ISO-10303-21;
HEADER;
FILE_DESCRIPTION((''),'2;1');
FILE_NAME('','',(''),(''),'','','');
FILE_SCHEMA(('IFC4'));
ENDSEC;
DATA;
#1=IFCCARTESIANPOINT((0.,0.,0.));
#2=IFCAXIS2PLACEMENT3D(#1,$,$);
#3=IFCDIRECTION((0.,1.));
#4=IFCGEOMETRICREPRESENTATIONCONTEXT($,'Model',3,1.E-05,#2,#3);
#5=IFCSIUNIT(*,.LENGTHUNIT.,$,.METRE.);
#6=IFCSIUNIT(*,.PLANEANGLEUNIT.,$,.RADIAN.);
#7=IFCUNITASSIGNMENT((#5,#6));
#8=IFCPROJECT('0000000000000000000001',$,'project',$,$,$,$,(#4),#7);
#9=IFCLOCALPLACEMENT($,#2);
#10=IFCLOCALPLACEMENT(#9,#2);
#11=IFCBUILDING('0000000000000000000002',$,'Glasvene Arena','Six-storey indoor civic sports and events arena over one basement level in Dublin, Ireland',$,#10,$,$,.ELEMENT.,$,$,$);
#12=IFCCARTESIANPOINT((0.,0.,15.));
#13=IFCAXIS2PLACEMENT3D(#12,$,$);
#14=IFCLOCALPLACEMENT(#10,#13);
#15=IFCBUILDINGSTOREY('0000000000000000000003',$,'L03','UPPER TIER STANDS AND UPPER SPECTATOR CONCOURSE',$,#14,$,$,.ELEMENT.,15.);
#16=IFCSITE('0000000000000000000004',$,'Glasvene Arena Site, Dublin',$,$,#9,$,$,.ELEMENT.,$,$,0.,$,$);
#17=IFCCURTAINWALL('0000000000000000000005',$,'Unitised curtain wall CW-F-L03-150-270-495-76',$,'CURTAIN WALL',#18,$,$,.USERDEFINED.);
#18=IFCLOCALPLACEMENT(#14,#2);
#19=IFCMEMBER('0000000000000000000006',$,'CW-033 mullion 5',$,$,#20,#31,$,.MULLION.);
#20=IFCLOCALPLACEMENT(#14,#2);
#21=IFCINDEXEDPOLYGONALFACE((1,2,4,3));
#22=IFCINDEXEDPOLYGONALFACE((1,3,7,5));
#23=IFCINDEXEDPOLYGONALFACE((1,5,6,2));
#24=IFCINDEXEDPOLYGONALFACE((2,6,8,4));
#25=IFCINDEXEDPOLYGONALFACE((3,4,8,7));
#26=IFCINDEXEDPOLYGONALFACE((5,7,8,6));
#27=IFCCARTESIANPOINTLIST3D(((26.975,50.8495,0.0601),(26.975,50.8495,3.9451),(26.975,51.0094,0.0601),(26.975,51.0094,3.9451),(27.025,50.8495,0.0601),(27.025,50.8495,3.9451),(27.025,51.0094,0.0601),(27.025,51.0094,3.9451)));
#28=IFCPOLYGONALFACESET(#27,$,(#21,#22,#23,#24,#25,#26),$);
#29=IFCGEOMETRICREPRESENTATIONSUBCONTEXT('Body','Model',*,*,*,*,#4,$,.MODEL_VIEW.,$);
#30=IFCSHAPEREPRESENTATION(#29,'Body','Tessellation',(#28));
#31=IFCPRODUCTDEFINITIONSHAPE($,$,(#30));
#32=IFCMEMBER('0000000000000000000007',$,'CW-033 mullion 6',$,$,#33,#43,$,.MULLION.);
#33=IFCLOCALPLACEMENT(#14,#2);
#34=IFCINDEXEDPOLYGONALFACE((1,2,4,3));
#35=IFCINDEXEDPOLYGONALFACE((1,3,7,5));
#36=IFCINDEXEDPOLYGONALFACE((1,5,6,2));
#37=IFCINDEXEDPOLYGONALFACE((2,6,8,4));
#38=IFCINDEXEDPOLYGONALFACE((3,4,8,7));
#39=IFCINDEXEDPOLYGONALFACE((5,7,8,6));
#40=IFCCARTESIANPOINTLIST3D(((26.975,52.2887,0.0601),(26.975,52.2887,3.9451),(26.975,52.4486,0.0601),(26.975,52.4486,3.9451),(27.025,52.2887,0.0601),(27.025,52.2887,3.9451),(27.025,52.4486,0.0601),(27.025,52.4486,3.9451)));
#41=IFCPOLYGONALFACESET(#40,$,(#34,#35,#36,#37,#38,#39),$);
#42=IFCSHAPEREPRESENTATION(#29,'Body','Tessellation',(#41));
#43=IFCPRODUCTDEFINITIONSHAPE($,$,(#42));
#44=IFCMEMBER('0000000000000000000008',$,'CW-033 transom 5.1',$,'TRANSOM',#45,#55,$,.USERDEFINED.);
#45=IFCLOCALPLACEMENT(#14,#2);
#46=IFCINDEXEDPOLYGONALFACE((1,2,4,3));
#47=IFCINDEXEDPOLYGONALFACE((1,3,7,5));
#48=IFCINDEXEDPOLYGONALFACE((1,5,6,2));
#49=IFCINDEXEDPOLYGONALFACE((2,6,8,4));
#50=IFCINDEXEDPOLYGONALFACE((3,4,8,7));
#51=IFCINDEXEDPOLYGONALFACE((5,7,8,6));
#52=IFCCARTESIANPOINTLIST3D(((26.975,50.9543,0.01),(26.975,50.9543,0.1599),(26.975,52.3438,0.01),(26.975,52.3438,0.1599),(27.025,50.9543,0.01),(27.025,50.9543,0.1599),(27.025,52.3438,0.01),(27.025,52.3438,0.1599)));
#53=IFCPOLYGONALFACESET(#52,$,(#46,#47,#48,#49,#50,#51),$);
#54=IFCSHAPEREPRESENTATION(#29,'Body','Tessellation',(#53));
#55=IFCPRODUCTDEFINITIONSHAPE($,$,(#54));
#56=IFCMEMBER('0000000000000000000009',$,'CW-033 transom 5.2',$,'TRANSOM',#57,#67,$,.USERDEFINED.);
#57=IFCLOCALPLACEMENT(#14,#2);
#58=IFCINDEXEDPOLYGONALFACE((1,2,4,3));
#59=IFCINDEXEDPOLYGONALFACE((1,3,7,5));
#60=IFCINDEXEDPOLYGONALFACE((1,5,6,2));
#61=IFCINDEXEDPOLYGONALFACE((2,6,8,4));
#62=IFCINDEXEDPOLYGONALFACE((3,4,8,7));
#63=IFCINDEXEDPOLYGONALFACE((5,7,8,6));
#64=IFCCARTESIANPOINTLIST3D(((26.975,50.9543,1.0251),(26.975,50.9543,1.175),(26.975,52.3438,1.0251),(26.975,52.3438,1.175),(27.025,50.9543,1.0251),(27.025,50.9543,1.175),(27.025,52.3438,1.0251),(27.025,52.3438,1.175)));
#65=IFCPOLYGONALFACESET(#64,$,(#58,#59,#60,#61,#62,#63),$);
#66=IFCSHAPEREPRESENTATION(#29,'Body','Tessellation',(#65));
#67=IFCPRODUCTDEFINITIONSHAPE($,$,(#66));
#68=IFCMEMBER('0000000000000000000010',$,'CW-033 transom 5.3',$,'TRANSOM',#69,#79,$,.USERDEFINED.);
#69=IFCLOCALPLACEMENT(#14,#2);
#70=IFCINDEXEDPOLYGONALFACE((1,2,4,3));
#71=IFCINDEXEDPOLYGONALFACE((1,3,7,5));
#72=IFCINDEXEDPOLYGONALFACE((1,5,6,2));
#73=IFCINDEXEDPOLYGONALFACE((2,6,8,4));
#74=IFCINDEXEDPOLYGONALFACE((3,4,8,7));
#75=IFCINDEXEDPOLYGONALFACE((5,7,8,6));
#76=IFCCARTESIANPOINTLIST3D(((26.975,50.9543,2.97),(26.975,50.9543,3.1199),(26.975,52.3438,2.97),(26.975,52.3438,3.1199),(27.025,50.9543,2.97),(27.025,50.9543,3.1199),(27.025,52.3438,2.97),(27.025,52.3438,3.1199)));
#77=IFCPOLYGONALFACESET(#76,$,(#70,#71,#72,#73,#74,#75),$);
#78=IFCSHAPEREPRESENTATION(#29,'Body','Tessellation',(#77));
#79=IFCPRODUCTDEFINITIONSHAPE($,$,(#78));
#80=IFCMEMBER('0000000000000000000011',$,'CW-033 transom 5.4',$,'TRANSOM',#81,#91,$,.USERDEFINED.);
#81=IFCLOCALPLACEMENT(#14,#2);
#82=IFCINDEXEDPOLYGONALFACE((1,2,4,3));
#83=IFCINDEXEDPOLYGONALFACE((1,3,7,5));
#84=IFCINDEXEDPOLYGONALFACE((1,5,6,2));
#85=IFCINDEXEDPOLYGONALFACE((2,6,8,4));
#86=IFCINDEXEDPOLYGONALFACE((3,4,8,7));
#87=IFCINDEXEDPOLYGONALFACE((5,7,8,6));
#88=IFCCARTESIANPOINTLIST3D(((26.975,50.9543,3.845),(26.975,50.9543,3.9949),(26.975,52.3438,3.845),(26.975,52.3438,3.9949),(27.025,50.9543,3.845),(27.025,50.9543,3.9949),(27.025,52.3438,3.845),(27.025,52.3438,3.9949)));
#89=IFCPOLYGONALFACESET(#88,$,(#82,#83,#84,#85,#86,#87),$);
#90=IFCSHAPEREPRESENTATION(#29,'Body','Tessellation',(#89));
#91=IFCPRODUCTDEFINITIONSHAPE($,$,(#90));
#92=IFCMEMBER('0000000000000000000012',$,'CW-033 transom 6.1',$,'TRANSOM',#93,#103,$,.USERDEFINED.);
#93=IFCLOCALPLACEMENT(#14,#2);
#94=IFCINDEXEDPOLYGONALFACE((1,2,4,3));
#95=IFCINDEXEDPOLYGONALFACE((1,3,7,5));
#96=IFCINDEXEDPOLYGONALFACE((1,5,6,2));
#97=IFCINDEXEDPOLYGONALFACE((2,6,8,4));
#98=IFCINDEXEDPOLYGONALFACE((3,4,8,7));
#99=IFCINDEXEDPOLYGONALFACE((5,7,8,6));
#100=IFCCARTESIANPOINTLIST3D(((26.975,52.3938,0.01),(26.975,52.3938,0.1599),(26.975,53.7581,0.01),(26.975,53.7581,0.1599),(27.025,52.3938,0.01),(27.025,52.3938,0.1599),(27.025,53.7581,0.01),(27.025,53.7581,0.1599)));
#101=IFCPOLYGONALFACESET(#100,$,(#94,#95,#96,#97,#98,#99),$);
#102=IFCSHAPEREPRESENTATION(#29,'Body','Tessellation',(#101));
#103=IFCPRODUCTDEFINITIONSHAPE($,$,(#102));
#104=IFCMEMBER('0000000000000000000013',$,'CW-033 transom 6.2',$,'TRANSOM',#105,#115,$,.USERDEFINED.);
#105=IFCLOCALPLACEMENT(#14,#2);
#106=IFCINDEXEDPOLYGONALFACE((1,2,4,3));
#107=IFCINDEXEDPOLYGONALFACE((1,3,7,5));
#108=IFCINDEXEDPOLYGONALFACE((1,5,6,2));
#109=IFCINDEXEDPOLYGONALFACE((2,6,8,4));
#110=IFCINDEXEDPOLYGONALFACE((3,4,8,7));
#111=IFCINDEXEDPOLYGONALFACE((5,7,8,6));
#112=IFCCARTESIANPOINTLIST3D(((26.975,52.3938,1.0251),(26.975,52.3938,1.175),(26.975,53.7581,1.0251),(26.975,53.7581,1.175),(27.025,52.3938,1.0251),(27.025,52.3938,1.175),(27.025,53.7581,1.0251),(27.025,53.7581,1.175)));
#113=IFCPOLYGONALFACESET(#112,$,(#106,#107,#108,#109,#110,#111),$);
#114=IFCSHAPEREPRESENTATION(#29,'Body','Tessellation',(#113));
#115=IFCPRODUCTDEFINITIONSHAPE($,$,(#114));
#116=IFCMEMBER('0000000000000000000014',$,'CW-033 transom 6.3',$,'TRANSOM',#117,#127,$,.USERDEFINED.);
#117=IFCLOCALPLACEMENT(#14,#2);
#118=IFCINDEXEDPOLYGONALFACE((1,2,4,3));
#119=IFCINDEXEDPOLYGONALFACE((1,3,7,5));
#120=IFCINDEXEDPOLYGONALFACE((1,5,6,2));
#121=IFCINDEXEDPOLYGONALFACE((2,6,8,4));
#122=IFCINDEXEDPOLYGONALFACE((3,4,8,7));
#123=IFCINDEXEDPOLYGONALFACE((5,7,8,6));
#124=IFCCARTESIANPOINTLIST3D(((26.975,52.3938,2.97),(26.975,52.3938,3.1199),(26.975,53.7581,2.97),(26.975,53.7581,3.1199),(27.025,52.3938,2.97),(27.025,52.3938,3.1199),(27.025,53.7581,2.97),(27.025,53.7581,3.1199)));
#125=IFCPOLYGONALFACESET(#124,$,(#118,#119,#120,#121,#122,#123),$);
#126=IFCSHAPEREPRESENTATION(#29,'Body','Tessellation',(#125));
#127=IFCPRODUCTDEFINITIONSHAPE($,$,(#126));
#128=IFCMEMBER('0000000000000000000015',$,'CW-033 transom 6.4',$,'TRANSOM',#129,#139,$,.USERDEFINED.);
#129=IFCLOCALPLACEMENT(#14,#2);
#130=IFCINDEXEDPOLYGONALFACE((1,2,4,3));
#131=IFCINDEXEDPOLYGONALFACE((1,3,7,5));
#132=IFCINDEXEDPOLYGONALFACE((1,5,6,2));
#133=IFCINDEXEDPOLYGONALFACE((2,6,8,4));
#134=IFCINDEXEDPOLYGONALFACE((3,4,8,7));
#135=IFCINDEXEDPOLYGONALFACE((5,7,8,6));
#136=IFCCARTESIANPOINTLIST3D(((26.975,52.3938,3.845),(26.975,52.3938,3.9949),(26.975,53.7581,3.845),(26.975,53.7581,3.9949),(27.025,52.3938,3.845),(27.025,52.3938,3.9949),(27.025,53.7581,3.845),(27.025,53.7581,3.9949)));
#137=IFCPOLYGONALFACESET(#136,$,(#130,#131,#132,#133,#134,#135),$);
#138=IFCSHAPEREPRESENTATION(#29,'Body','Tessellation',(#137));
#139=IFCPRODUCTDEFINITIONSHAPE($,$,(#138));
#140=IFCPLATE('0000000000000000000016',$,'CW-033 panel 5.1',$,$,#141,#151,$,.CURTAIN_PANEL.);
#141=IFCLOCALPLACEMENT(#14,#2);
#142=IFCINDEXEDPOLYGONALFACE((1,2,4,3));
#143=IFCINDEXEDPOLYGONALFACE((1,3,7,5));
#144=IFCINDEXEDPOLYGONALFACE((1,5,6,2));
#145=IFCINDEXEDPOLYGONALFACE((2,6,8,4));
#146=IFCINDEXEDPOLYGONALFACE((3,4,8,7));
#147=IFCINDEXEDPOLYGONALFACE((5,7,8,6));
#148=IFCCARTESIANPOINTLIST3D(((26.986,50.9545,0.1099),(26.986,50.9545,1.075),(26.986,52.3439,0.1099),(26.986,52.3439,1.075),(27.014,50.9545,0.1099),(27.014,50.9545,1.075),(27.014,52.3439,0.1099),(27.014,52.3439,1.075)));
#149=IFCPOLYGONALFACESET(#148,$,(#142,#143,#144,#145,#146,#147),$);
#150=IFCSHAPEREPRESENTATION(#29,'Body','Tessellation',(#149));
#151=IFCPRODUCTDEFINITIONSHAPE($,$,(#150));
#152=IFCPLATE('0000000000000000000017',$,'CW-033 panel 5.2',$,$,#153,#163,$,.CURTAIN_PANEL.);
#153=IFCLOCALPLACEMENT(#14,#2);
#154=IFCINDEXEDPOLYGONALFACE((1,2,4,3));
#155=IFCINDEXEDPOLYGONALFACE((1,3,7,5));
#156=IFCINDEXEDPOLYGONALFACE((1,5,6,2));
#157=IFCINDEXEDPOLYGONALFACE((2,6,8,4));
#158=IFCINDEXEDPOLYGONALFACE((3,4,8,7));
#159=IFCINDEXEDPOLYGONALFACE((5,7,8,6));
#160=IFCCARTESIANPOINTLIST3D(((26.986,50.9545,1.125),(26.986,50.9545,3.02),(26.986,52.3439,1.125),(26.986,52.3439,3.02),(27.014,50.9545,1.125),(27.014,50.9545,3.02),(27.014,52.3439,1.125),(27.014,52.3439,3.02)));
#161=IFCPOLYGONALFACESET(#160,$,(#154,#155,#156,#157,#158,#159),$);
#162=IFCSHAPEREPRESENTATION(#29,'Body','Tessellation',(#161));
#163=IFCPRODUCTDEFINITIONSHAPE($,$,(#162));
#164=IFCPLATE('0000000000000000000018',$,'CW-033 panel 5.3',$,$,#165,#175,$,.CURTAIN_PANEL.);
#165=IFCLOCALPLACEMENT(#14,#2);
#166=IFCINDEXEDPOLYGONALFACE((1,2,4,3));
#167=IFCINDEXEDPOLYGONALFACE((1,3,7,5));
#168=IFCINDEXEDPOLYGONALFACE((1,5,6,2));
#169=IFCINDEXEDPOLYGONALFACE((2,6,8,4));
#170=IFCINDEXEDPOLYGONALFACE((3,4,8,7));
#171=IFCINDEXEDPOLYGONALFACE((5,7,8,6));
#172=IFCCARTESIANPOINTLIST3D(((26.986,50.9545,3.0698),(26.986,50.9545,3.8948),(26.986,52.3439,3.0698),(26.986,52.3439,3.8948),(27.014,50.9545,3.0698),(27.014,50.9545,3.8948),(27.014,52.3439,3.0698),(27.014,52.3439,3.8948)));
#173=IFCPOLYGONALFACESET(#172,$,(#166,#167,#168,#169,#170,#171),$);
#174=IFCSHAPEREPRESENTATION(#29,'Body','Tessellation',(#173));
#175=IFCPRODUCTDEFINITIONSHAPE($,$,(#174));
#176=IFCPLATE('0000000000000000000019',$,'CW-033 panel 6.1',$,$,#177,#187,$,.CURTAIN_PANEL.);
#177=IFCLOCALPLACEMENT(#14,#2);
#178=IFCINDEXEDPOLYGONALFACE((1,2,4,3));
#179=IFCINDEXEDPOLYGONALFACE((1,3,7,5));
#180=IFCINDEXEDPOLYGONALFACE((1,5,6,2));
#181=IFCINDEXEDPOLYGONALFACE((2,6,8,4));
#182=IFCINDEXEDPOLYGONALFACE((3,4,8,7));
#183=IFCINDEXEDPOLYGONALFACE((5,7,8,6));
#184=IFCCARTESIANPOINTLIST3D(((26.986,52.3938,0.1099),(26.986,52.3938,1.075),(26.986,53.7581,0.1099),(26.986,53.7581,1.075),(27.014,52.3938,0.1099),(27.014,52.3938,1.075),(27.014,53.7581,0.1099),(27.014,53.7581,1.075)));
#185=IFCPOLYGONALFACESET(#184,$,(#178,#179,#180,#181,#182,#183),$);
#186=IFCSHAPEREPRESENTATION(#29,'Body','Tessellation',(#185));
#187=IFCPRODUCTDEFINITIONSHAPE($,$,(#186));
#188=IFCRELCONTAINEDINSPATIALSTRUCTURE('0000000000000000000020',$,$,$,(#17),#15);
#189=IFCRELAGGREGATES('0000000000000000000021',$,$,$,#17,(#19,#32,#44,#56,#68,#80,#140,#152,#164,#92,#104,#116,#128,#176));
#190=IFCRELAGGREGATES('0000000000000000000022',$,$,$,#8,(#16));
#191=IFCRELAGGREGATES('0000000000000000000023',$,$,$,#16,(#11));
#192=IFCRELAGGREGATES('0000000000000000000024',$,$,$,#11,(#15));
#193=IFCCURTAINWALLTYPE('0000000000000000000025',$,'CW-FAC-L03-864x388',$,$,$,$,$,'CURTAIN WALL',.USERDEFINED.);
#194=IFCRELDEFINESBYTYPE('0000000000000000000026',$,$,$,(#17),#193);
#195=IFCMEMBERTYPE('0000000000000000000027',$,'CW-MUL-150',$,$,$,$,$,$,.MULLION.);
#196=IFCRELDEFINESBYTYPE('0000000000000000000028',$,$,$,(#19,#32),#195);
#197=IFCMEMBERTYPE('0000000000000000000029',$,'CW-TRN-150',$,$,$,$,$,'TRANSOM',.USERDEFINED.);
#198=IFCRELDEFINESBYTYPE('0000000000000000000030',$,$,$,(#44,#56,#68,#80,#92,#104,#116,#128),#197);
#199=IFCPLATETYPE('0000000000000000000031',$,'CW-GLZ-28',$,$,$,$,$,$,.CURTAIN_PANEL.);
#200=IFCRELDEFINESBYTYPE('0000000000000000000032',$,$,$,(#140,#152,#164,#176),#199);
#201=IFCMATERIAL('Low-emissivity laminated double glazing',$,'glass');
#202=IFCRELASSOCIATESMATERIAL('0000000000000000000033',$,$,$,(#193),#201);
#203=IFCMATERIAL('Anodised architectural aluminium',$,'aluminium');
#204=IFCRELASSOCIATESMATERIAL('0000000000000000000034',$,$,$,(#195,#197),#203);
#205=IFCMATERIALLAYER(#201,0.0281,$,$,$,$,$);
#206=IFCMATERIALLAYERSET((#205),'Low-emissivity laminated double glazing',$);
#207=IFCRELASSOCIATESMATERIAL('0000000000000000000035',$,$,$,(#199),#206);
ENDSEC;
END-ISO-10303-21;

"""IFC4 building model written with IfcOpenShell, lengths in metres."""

from ifc_helpers import new_model, si_unit, direction, frame, origin, origin_2d, place, context, subcontext, project, spatial, rectangle, extrude, material, layer, layer_set, material_profile, profile_set, type_object, element, aggregate, save


model = new_model("IFC4")

# Units and contexts
model_context = context("Model", 3, precision=1e-05, world=origin(), true_north=direction((0.0, 1.0)))
body_context = subcontext(model_context, "Body", "Model", "MODEL_VIEW")
ifc_project = project(units=[si_unit("LENGTHUNIT", "METRE"), si_unit("PLANEANGLEUNIT", "RADIAN")], contexts=[model_context])

# Site, building, storey
site_placement = place(None, origin())
site = spatial("IfcSite", under=ifc_project, at=site_placement, Name="Glasvene Arena Site, Dublin", CompositionType="ELEMENT", RefElevation=0.0)
building_placement = place(site_placement, origin())
building = spatial("IfcBuilding", under=site, at=building_placement, Name="Glasvene Arena", Description="Six-storey indoor civic sports and events arena over one basement level in Dublin, Ireland", CompositionType="ELEMENT")
storey_placement = place(building_placement, frame((0.0, 0.0, 15.0)))
storey = spatial("IfcBuildingStorey", under=building, at=storey_placement, Name="L03", Description="UPPER TIER STANDS AND UPPER SPECTATOR CONCOURSE", CompositionType="ELEMENT", Elevation=15.0)

# Curtain wall, members, plates
ifc_material_1 = material(Name="Low-emissivity laminated double glazing", Category="glass")
curtain_wall_type = type_object("IfcCurtainWallType", Name="CW-FAC-L03-864x388", ElementType="CURTAIN WALL", PredefinedType="USERDEFINED", material=ifc_material_1)
curtain_wall_placement = place(storey_placement, frame((27.0, 45.1721, 0.0)))
curtain_wall = element("IfcCurtainWall", 1, at=curtain_wall_placement, inside=storey, type_object=curtain_wall_type, Name="Unitised curtain wall CW-F-L03-150-270-495-76", ObjectType="CURTAIN WALL", PredefinedType="USERDEFINED")
ifc_material_2 = material(Name="Anodised architectural aluminium", Category="aluminium")
ifc_material_profile_1 = material_profile(ifc_material_2, rectangle(XDim=0.05, YDim=0.1599, at=origin_2d()), Name="ALU MULLION 50x160")
ifc_profile_set_1 = profile_set([ifc_material_profile_1], Name="Anodised architectural aluminium")
member_type_1 = type_object("IfcMemberType", Name="CW-MUL-150", PredefinedType="MULLION", material=ifc_profile_set_1)
member_1_placement = place(storey_placement, frame((27.0, 50.9294, 0.0601), z_axis=(0.0, 0.0, 1.0), x_axis=(-1.0, 0.0, 0.0)))
member_1 = element("IfcMember", 2, at=member_1_placement, type_object=member_type_1, Name="CW-033 mullion 5", PredefinedType="MULLION", context=body_context, shape_type="SweptSolid", body=[
    extrude(rectangle(XDim=0.05, YDim=0.1599, at=origin_2d()), origin(), (0.0, 0.0, 1.0), 3.885),
])
member_2_placement = place(storey_placement, frame((27.0, 52.3687, 0.0601), z_axis=(0.0, 0.0, 1.0), x_axis=(-1.0, 0.0, 0.0)))
member_2 = element("IfcMember", 3, at=member_2_placement, type_object=member_type_1, Name="CW-033 mullion 6", PredefinedType="MULLION", context=body_context, shape_type="SweptSolid", body=[
    extrude(rectangle(XDim=0.05, YDim=0.1599, at=origin_2d()), origin(), (0.0, 0.0, 1.0), 3.885),
])
ifc_material_profile_2 = material_profile(ifc_material_2, rectangle(XDim=0.05, YDim=0.1499, at=origin_2d()), Name="ALU TRANSOM 50x150")
ifc_profile_set_2 = profile_set([ifc_material_profile_2], Name="Anodised architectural aluminium")
member_type_2 = type_object("IfcMemberType", Name="CW-TRN-150", ElementType="TRANSOM", PredefinedType="USERDEFINED", material=ifc_profile_set_2)
member_3_placement = place(storey_placement, frame((27.0, 50.9543, 0.085), z_axis=(0.0, 1.0, 0.0), x_axis=(-1.0, 0.0, 0.0)))
member_3 = element("IfcMember", 4, at=member_3_placement, type_object=member_type_2, Name="CW-033 transom 5.1", ObjectType="TRANSOM", PredefinedType="USERDEFINED", context=body_context, shape_type="SweptSolid", body=[
    extrude(rectangle(XDim=0.05, YDim=0.1499, at=origin_2d()), origin(), (0.0, 0.0, 1.0), 1.3894),
])
member_4_placement = place(storey_placement, frame((27.0, 50.9543, 1.1001), z_axis=(0.0, 1.0, 0.0), x_axis=(-1.0, 0.0, 0.0)))
member_4 = element("IfcMember", 5, at=member_4_placement, type_object=member_type_2, Name="CW-033 transom 5.2", ObjectType="TRANSOM", PredefinedType="USERDEFINED", context=body_context, shape_type="SweptSolid", body=[
    extrude(rectangle(XDim=0.05, YDim=0.1499, at=origin_2d()), origin(), (0.0, 0.0, 1.0), 1.3894),
])
member_5_placement = place(storey_placement, frame((27.0, 50.9543, 3.0449), z_axis=(0.0, 1.0, 0.0), x_axis=(-1.0, 0.0, 0.0)))
member_5 = element("IfcMember", 6, at=member_5_placement, type_object=member_type_2, Name="CW-033 transom 5.3", ObjectType="TRANSOM", PredefinedType="USERDEFINED", context=body_context, shape_type="SweptSolid", body=[
    extrude(rectangle(XDim=0.05, YDim=0.1499, at=origin_2d()), origin(), (0.0, 0.0, 1.0), 1.3894),
])
member_6_placement = place(storey_placement, frame((27.0, 50.9543, 3.9199), z_axis=(0.0, 1.0, 0.0), x_axis=(-1.0, 0.0, 0.0)))
member_6 = element("IfcMember", 7, at=member_6_placement, type_object=member_type_2, Name="CW-033 transom 5.4", ObjectType="TRANSOM", PredefinedType="USERDEFINED", context=body_context, shape_type="SweptSolid", body=[
    extrude(rectangle(XDim=0.05, YDim=0.1499, at=origin_2d()), origin(), (0.0, 0.0, 1.0), 1.3894),
])
member_7_placement = place(storey_placement, frame((27.0, 52.3938, 0.085), z_axis=(0.0, 1.0, 0.0), x_axis=(-1.0, 0.0, 0.0)))
member_7 = element("IfcMember", 8, at=member_7_placement, type_object=member_type_2, Name="CW-033 transom 6.1", ObjectType="TRANSOM", PredefinedType="USERDEFINED", context=body_context, shape_type="SweptSolid", body=[
    extrude(rectangle(XDim=0.05, YDim=0.1499, at=origin_2d()), origin(), (0.0, 0.0, 1.0), 1.3643),
])
member_8_placement = place(storey_placement, frame((27.0, 52.3938, 1.1001), z_axis=(0.0, 1.0, 0.0), x_axis=(-1.0, 0.0, 0.0)))
member_8 = element("IfcMember", 9, at=member_8_placement, type_object=member_type_2, Name="CW-033 transom 6.2", ObjectType="TRANSOM", PredefinedType="USERDEFINED", context=body_context, shape_type="SweptSolid", body=[
    extrude(rectangle(XDim=0.05, YDim=0.1499, at=origin_2d()), origin(), (0.0, 0.0, 1.0), 1.3643),
])
member_9_placement = place(storey_placement, frame((27.0, 52.3938, 3.0449), z_axis=(0.0, 1.0, 0.0), x_axis=(-1.0, 0.0, 0.0)))
member_9 = element("IfcMember", 10, at=member_9_placement, type_object=member_type_2, Name="CW-033 transom 6.3", ObjectType="TRANSOM", PredefinedType="USERDEFINED", context=body_context, shape_type="SweptSolid", body=[
    extrude(rectangle(XDim=0.05, YDim=0.1499, at=origin_2d()), origin(), (0.0, 0.0, 1.0), 1.3643),
])
member_10_placement = place(storey_placement, frame((27.0, 52.3938, 3.9199), z_axis=(0.0, 1.0, 0.0), x_axis=(-1.0, 0.0, 0.0)))
member_10 = element("IfcMember", 11, at=member_10_placement, type_object=member_type_2, Name="CW-033 transom 6.4", ObjectType="TRANSOM", PredefinedType="USERDEFINED", context=body_context, shape_type="SweptSolid", body=[
    extrude(rectangle(XDim=0.05, YDim=0.1499, at=origin_2d()), origin(), (0.0, 0.0, 1.0), 1.3643),
])
ifc_layer_1 = layer(ifc_material_1, 0.0281)
ifc_layer_set_1 = layer_set([ifc_layer_1], Name="Low-emissivity laminated double glazing")
plate_type = type_object("IfcPlateType", Name="CW-GLZ-28", PredefinedType="CURTAIN_PANEL", material=ifc_layer_set_1)
plate_1_placement = place(storey_placement, frame((27.0, 51.6492, 0.1099), z_axis=(0.0, 0.0, 1.0), x_axis=(0.0, 1.0, 0.0)))
plate_1 = element("IfcPlate", 12, at=plate_1_placement, type_object=plate_type, Name="CW-033 panel 5.1", PredefinedType="CURTAIN_PANEL", context=body_context, shape_type="SweptSolid", body=[
    extrude(rectangle(XDim=1.3894, YDim=0.0281, at=origin_2d()), origin(), (0.0, 0.0, 1.0), 0.9651),
])
plate_2_placement = place(storey_placement, frame((27.0, 51.6492, 1.125), z_axis=(0.0, 0.0, 1.0), x_axis=(0.0, 1.0, 0.0)))
plate_2 = element("IfcPlate", 13, at=plate_2_placement, type_object=plate_type, Name="CW-033 panel 5.2", PredefinedType="CURTAIN_PANEL", context=body_context, shape_type="SweptSolid", body=[
    extrude(rectangle(XDim=1.3894, YDim=0.0281, at=origin_2d()), origin(), (0.0, 0.0, 1.0), 1.895),
])
plate_3_placement = place(storey_placement, frame((27.0, 51.6492, 3.0698), z_axis=(0.0, 0.0, 1.0), x_axis=(0.0, 1.0, 0.0)))
plate_3 = element("IfcPlate", 14, at=plate_3_placement, type_object=plate_type, Name="CW-033 panel 5.3", PredefinedType="CURTAIN_PANEL", context=body_context, shape_type="SweptSolid", body=[
    extrude(rectangle(XDim=1.3894, YDim=0.0281, at=origin_2d()), origin(), (0.0, 0.0, 1.0), 0.825),
])
plate_4_placement = place(storey_placement, frame((27.0, 53.0759, 0.1099), z_axis=(0.0, 0.0, 1.0), x_axis=(0.0, 1.0, 0.0)))
plate_4 = element("IfcPlate", 15, at=plate_4_placement, type_object=plate_type, Name="CW-033 panel 6.1", PredefinedType="CURTAIN_PANEL", context=body_context, shape_type="SweptSolid", body=[
    extrude(rectangle(XDim=1.3643, YDim=0.0281, at=origin_2d()), origin(), (0.0, 0.0, 1.0), 0.9651),
])
aggregate(curtain_wall, [member_1, member_2, member_3, member_4, member_5, member_6, plate_1, plate_2, plate_3, member_7, member_8, member_9, member_10, plate_4])

save(model, "model.ifc")
